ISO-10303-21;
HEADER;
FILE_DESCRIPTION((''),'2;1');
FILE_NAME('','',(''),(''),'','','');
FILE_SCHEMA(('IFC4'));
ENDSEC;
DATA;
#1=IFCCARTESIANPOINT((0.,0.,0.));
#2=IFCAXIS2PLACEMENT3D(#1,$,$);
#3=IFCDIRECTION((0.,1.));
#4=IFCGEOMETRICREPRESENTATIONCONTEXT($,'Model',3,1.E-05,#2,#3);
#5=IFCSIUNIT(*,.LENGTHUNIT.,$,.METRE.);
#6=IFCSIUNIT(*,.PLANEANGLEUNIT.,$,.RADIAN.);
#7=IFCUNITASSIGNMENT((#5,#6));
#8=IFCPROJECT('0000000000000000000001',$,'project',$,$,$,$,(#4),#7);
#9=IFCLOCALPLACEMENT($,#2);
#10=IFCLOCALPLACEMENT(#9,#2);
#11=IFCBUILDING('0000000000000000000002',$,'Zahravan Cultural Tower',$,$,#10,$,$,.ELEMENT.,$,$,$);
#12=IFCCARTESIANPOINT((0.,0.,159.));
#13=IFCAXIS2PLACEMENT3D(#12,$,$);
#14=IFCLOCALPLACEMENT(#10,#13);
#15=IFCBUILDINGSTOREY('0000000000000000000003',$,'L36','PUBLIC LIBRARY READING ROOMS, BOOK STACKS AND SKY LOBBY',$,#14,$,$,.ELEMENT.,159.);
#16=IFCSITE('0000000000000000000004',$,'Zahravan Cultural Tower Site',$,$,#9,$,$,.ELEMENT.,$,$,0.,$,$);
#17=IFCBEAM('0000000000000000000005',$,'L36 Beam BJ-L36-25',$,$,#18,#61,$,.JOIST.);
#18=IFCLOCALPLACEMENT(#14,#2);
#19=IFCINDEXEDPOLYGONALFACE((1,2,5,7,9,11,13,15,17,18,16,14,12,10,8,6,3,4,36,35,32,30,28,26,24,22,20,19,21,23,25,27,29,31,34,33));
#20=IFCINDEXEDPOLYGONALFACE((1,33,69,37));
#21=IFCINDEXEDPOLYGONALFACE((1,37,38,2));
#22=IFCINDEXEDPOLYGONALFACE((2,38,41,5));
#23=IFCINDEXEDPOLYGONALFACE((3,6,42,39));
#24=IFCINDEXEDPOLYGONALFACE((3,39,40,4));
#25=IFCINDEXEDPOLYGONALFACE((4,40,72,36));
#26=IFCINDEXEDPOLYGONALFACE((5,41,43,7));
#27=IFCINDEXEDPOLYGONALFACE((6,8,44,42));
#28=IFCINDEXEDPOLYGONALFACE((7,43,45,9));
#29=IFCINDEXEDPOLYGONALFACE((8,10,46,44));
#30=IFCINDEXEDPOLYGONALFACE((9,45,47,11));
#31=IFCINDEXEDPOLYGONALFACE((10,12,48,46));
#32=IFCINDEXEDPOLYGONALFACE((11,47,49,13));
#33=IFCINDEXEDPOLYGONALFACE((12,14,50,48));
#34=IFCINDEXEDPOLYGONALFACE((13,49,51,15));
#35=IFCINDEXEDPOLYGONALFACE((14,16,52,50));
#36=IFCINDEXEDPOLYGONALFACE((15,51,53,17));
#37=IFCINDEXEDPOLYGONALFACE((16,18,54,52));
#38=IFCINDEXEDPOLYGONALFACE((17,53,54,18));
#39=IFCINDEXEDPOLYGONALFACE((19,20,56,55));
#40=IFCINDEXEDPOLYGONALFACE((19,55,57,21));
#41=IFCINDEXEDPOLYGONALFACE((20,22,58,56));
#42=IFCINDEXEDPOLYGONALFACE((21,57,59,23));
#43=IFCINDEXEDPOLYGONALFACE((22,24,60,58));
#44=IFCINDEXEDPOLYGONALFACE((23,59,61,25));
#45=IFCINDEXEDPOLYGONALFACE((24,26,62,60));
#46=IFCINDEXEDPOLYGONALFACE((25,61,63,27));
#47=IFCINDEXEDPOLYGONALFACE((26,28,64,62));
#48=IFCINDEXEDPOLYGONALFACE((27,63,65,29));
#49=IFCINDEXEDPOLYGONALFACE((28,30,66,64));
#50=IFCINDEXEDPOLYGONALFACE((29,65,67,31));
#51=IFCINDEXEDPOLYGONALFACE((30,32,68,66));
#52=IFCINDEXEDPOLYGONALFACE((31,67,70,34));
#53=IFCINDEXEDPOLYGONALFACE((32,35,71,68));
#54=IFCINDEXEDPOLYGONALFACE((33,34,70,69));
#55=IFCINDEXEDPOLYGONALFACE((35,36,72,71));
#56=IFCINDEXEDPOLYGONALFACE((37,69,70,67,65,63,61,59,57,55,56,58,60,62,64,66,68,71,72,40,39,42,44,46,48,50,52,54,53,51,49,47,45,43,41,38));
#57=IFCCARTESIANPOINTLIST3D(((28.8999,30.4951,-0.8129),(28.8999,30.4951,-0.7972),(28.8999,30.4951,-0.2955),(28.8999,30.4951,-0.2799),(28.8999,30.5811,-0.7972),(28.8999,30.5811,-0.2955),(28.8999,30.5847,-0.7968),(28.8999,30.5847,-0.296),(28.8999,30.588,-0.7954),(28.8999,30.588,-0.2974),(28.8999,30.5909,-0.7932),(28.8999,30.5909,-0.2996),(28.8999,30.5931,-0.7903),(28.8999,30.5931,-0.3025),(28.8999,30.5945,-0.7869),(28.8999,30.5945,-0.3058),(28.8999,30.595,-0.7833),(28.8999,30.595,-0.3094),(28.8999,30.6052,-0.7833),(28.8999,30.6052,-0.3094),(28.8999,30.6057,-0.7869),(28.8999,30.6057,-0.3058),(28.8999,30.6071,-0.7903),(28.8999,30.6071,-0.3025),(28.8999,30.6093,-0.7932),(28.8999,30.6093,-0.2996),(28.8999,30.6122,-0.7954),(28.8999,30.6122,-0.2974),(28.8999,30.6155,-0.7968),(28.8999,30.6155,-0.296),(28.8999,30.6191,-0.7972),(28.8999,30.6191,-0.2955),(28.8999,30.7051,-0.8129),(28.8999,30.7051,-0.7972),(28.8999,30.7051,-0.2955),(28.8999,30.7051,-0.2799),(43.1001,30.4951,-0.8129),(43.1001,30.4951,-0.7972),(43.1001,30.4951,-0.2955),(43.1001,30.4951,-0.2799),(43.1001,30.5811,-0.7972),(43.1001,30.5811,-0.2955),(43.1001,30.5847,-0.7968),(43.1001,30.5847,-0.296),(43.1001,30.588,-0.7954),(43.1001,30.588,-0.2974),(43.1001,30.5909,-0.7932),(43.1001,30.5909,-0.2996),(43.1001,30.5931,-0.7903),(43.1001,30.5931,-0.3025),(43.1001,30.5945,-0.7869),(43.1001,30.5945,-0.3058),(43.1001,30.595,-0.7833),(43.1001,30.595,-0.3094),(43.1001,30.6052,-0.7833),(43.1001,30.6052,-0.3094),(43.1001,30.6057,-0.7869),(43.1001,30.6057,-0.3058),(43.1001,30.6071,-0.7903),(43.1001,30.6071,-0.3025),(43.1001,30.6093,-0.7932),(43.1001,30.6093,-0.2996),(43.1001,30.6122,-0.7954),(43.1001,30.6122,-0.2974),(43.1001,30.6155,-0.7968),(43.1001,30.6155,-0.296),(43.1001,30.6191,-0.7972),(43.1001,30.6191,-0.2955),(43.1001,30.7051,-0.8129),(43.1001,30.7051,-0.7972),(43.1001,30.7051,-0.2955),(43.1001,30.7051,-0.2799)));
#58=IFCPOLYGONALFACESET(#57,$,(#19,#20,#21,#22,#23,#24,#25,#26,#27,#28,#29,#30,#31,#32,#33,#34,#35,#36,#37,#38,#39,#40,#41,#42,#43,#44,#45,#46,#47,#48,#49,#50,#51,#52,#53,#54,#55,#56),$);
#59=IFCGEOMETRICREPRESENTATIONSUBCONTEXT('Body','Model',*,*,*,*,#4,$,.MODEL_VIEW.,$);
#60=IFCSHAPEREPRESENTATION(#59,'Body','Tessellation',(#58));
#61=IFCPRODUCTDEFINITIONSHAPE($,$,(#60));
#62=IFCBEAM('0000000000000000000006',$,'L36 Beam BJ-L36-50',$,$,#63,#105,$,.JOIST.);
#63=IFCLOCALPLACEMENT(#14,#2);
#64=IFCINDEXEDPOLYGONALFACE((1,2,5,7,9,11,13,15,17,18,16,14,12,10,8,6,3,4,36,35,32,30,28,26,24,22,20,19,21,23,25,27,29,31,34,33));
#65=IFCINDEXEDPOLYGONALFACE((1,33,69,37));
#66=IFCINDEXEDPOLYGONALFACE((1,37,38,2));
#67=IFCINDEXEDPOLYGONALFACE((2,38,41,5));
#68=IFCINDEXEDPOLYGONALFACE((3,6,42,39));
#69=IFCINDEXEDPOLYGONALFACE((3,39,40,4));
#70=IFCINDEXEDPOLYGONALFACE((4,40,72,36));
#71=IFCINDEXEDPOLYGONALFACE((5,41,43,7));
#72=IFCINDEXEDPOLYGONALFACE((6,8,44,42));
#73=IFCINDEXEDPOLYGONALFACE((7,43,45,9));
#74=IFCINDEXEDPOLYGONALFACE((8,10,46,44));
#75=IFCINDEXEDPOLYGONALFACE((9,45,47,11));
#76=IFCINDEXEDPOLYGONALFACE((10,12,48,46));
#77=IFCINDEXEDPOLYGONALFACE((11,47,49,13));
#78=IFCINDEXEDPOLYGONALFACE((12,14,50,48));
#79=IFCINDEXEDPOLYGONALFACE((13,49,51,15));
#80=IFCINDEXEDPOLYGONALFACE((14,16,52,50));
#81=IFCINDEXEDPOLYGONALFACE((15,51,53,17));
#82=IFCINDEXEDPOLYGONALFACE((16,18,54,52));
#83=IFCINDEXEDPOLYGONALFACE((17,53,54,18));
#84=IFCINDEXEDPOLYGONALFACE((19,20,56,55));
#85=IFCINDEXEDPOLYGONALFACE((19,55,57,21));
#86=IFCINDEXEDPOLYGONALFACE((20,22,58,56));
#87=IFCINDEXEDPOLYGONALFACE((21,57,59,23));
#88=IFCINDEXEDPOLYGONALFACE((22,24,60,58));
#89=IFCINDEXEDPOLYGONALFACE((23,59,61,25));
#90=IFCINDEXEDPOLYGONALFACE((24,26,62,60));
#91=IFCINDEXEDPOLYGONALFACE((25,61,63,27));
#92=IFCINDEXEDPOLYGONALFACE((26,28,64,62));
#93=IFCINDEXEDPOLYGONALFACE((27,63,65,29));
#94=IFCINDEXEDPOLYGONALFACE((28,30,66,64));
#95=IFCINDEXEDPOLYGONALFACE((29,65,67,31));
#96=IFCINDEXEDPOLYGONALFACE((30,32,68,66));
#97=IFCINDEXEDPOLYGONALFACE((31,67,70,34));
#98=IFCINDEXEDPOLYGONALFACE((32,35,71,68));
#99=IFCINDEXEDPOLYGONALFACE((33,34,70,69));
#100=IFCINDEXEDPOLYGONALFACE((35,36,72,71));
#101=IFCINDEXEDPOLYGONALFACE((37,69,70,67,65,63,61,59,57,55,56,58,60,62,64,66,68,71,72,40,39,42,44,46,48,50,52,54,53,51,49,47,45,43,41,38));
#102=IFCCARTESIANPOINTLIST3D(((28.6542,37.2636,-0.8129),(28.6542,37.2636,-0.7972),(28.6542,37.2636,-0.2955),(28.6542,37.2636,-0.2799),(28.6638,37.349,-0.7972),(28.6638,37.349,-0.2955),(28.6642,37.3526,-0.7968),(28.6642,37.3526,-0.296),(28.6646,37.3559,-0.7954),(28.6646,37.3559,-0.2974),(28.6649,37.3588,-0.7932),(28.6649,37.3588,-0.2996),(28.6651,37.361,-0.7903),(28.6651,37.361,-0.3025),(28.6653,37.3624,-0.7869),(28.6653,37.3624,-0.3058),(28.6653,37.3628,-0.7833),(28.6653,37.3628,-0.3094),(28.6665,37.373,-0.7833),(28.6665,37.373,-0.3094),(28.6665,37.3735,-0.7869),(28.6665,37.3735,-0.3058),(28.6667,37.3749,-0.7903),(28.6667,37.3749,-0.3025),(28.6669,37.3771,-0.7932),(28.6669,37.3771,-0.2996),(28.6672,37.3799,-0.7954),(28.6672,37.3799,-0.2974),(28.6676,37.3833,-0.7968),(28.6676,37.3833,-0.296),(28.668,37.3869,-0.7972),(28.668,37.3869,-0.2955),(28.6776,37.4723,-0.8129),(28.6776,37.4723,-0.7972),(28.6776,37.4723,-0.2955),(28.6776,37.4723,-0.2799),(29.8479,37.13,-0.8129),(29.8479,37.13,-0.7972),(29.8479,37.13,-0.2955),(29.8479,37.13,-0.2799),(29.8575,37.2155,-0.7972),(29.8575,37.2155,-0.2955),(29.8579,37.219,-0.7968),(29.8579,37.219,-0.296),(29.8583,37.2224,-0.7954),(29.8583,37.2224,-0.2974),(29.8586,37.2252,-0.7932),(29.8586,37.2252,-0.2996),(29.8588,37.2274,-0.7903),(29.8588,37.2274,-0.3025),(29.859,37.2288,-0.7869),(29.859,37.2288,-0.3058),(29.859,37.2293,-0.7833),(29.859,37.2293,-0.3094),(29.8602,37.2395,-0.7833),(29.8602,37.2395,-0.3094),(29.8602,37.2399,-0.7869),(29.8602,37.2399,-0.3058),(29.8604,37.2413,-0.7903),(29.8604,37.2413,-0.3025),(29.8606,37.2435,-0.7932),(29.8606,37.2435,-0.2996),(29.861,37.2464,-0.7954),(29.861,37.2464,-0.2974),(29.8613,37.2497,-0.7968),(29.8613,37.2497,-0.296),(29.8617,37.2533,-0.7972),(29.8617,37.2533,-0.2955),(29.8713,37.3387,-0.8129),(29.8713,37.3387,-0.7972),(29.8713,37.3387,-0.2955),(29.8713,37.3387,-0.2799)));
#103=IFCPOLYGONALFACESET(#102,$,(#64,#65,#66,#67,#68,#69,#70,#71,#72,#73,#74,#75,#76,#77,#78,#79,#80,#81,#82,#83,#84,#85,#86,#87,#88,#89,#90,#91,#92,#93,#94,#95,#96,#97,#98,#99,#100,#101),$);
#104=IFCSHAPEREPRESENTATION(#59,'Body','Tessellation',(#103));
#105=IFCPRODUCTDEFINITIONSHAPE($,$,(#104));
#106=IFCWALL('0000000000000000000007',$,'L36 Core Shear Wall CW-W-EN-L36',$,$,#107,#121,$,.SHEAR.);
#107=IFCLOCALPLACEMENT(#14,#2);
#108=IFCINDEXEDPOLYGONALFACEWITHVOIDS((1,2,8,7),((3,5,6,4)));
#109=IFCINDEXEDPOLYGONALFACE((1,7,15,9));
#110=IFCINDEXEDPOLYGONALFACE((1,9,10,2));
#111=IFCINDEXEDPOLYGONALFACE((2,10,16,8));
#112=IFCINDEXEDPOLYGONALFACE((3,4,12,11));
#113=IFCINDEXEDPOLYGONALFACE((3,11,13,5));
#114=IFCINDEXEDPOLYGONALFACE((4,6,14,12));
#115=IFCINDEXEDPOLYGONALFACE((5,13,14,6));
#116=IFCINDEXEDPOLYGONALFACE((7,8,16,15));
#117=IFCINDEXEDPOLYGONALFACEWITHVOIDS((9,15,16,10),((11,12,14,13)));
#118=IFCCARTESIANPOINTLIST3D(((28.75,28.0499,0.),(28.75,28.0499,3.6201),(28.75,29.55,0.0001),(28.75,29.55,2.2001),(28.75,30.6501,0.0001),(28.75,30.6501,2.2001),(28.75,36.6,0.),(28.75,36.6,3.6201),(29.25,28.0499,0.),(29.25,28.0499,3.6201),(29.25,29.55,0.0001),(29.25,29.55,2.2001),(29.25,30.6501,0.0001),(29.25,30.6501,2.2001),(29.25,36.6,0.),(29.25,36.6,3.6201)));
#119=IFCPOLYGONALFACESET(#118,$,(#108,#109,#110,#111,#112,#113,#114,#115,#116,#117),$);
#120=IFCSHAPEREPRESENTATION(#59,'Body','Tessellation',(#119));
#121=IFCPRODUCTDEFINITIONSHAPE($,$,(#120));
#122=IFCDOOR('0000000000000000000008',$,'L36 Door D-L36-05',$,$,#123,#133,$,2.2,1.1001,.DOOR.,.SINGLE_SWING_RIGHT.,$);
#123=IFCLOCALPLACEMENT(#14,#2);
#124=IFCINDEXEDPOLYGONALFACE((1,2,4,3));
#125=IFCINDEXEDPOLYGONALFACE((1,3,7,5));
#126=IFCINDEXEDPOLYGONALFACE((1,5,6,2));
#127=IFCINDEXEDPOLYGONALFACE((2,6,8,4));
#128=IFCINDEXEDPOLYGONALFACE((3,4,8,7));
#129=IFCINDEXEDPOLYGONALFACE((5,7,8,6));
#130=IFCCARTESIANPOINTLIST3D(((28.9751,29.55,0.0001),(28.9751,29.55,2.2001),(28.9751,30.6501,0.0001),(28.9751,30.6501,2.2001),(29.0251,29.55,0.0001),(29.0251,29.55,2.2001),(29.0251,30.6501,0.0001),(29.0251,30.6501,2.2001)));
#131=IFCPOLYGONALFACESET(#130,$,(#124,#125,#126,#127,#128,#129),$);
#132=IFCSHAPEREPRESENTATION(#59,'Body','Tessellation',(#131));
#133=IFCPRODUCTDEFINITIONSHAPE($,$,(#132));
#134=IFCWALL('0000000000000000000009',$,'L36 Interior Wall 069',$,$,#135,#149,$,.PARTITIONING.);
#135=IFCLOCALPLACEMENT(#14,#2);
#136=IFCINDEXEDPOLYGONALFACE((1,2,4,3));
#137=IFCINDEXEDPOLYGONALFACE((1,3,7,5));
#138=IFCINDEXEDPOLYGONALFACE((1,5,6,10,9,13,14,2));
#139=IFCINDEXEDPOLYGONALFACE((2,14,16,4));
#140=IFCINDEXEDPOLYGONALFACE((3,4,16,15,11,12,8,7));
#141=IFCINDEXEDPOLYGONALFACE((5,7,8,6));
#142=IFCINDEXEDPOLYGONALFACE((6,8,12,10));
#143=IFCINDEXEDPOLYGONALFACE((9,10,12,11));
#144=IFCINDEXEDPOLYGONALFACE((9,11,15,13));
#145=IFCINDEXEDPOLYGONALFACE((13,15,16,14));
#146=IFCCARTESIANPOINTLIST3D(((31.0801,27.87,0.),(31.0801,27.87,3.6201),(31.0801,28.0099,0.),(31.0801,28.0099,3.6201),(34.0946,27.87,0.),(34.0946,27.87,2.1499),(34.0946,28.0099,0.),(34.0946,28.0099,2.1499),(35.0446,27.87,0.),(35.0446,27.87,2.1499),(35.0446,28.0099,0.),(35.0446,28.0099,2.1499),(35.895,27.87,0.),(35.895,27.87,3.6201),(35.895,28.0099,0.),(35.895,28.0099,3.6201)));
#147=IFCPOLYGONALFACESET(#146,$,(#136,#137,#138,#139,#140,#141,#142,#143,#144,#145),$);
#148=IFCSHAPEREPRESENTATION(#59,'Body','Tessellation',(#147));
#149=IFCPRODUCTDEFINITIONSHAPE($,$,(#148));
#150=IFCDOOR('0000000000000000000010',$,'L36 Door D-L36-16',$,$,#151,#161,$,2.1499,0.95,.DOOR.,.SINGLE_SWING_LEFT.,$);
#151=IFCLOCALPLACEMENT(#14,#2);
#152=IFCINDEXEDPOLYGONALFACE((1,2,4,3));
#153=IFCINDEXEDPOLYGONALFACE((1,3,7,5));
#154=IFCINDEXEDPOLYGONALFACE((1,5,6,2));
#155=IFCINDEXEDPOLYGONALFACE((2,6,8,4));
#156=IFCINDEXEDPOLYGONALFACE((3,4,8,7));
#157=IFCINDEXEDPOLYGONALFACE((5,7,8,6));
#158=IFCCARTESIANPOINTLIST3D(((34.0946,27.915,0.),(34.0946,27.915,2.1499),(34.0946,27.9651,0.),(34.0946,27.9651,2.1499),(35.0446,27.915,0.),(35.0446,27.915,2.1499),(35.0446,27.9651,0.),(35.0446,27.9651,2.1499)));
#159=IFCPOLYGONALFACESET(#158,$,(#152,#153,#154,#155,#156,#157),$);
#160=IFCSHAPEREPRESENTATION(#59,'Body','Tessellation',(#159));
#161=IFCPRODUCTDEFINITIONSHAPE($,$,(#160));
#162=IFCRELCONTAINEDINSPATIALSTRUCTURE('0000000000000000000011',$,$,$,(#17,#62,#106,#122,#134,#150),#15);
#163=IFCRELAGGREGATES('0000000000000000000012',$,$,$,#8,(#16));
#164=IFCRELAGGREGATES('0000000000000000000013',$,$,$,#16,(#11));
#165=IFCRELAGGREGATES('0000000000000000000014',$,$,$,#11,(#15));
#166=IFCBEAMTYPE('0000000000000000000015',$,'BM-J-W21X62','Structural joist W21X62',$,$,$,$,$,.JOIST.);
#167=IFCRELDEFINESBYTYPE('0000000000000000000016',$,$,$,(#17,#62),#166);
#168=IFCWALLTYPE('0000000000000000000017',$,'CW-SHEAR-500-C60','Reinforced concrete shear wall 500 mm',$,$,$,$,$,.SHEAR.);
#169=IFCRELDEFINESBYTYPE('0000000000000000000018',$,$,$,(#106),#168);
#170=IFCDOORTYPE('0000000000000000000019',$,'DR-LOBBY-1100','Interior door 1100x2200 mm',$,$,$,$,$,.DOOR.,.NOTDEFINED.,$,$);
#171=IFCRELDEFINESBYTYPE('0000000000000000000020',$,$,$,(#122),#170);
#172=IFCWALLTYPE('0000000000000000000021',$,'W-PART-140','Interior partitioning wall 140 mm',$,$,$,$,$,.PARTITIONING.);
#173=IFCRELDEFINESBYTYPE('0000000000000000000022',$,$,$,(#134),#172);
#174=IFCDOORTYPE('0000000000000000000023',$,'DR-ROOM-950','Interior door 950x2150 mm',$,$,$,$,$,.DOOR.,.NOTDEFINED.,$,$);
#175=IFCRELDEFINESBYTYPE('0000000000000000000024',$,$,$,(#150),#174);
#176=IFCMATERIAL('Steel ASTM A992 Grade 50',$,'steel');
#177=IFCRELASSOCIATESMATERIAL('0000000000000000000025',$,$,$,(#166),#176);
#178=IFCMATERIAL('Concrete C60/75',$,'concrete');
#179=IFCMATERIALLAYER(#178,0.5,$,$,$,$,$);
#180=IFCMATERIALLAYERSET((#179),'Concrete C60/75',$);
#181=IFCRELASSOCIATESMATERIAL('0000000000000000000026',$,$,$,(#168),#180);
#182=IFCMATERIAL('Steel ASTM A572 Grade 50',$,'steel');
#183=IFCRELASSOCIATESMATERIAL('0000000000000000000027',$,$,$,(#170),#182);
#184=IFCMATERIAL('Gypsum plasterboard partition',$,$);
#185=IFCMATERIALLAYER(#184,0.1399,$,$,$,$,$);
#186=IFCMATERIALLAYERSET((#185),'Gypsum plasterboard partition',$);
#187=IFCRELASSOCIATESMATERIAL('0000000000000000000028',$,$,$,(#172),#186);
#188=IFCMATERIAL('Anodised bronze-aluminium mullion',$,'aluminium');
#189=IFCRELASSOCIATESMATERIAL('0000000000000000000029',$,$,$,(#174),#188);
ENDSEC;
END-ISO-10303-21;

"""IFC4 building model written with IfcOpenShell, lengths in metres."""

from ifc_helpers import new_model, si_unit, direction, frame, frame_2d, origin, origin_2d, place, context, subcontext, project, spatial, rectangle, i_section, extrude, source, transform, mapped, material, layer, layer_set, material_profile, profile_set, type_object, element, fill, save


model = new_model("IFC4")

# Units and contexts
model_context = context("Model", 3, precision=1e-05, world=origin(), true_north=direction((0.0, 1.0)))
body_context = subcontext(model_context, "Body", "Model", "MODEL_VIEW")
ifc_project = project(units=[si_unit("LENGTHUNIT", "METRE"), si_unit("PLANEANGLEUNIT", "RADIAN")], contexts=[model_context])

# Site, building, storey
site_placement = place(None, origin())
site = spatial("IfcSite", under=ifc_project, at=site_placement, Name="Zahravan Cultural Tower Site", CompositionType="ELEMENT", RefElevation=0.0)
building_placement = place(site_placement, origin())
building = spatial("IfcBuilding", under=site, at=building_placement, Name="Zahravan Cultural Tower", CompositionType="ELEMENT")
storey_placement = place(building_placement, frame((0.0, 0.0, 159.0)))
storey = spatial("IfcBuildingStorey", under=building, at=storey_placement, Name="L36", Description="PUBLIC LIBRARY READING ROOMS, BOOK STACKS AND SKY LOBBY", CompositionType="ELEMENT", Elevation=159.0)

# Beams
ifc_material_1 = material(Name="Steel ASTM A992 Grade 50", Category="steel")
ifc_material_profile_1 = material_profile(ifc_material_1, i_section(OverallWidth=0.21, OverallDepth=0.533, WebThickness=0.0103, FlangeThickness=0.0156, FilletRadius=0.0139, at=origin_2d()), Name="W21X62")
ifc_profile_set_1 = profile_set([ifc_material_profile_1], Name="Steel ASTM A992 Grade 50")
beam_type_1 = type_object("IfcBeamType", Name="BM-J-W21X62", Description="Structural joist W21X62", PredefinedType="JOIST", material=ifc_profile_set_1)
shared_shape_1 = source(origin(), body_context, "Body", "SweptSolid", [
    extrude(i_section(OverallWidth=0.21, OverallDepth=0.533, WebThickness=0.0103, FlangeThickness=0.0156, FilletRadius=0.0139, at=origin_2d()), origin(), (0.0, 0.0, 1.0), 14.2002),
])
for number, where, z_axis, x_axis, name in (
    (1, (28.8999, 30.6001, -0.5464), (1.0, 0.0, 0.0), (0.0, 1.0, 0.0), "L36 Beam BJ-L36-25"),
):
    element("IfcBeam", number, at=place(storey_placement, frame(where, z_axis=z_axis, x_axis=x_axis)), inside=storey, type_object=beam_type_1, Name=name, PredefinedType="JOIST", context=body_context, shape_type="MappedRepresentation", body=[
        mapped(shared_shape_1, transform((0.0, 0.0, 0.0), x_axis=(1.0, 0.0, 0.0), y_axis=(0.0, 1.0, 0.0), z_axis=(0.0, 0.0, 1.0), scale=1.0)),
    ])
shared_shape_2 = source(origin(), body_context, "Body", "SweptSolid", [
    extrude(i_section(OverallWidth=0.21, OverallDepth=0.533, WebThickness=0.0103, FlangeThickness=0.0156, FilletRadius=0.0139, at=origin_2d()), origin(), (0.0, 0.0, 1.0), 1.2012),
])
beam_1_placement = place(storey_placement, frame((29.8596, 37.2344, -0.5464), z_axis=(-0.993799, 0.11119, 0.0), x_axis=(-0.11119, -0.993799, 0.0)))
element("IfcBeam", 2, at=beam_1_placement, inside=storey, type_object=beam_type_1, Name="L36 Beam BJ-L36-50", PredefinedType="JOIST", context=body_context, shape_type="MappedRepresentation", body=[
    mapped(shared_shape_2, transform((0.0, 0.0, 0.0), x_axis=(1.0, 0.0, 0.0), y_axis=(0.0, 1.0, 0.0), z_axis=(0.0, 0.0, 1.0), scale=1.0)),
])

# Walls, openings, doors
ifc_material_2 = material(Name="Concrete C60/75", Category="concrete")
ifc_layer_1 = layer(ifc_material_2, 0.5)
ifc_layer_set_1 = layer_set([ifc_layer_1], Name="Concrete C60/75")
wall_type_1 = type_object("IfcWallType", Name="CW-SHEAR-500-C60", Description="Reinforced concrete shear wall 500 mm", PredefinedType="SHEAR", material=ifc_layer_set_1)
wall_1_placement = place(storey_placement, frame((29.0, 28.05, 0.0), z_axis=(0.0, 0.0, 1.0), x_axis=(0.0, 1.0, 0.0)))
wall_1 = element("IfcWall", 3, at=wall_1_placement, inside=storey, type_object=wall_type_1, Name="L36 Core Shear Wall CW-W-EN-L36", PredefinedType="SHEAR", context=body_context, shape_type="SweptSolid", body=[
    extrude(rectangle(XDim=8.55, YDim=0.5, at=frame_2d((4.2749, 0.0))), origin(), (0.0, 0.0, 1.0), 3.6201),
])
opening_1_placement = place(wall_1_placement, frame((1.5, 0.0, 0.0)))
opening_1 = element("IfcOpeningElement", 4, at=opening_1_placement, cuts=wall_1, PredefinedType="OPENING", context=body_context, shape_type="SweptSolid", body=[
    extrude(rectangle(XDim=1.1001, YDim=2.2, at=frame_2d((0.55, 1.1001))), frame((0.0, 0.26, 0.0), z_axis=(0.0, -1.0, 0.0), x_axis=(1.0, 0.0, 0.0)), (0.0, 0.0, 1.0), 0.52),
])
ifc_material_3 = material(Name="Steel ASTM A572 Grade 50", Category="steel")
door_type_1 = type_object("IfcDoorType", Name="DR-LOBBY-1100", Description="Interior door 1100x2200 mm", OperationType="NOTDEFINED", PredefinedType="DOOR", material=ifc_material_3)
shared_shape_3 = source(origin(), body_context, "Body", "SweptSolid", [
    extrude(rectangle(XDim=1.1001, YDim=2.2, at=frame_2d((0.55, 1.1001))), frame((0.0, 0.0249, 0.0), z_axis=(0.0, -1.0, 0.0), x_axis=(1.0, 0.0, 0.0)), (0.0, 0.0, 1.0), 0.05),
])
door_1_placement = place(opening_1_placement, origin())
door_1 = element("IfcDoor", 5, at=door_1_placement, inside=storey, type_object=door_type_1, Name="L36 Door D-L36-05", OperationType="SINGLE_SWING_RIGHT", OverallHeight=2.2, OverallWidth=1.1001, PredefinedType="DOOR", context=body_context, shape_type="MappedRepresentation", body=[
    mapped(shared_shape_3, transform((0.0, 0.0, 0.0), x_axis=(1.0, 0.0, 0.0), y_axis=(0.0, 1.0, 0.0), z_axis=(0.0, 0.0, 1.0), scale=1.0)),
])
fill(opening_1, door_1)
ifc_material_4 = material(Name="Gypsum plasterboard partition")
ifc_layer_2 = layer(ifc_material_4, 0.1399)
ifc_layer_set_2 = layer_set([ifc_layer_2], Name="Gypsum plasterboard partition")
wall_type_2 = type_object("IfcWallType", Name="W-PART-140", Description="Interior partitioning wall 140 mm", PredefinedType="PARTITIONING", material=ifc_layer_set_2)
wall_2_placement = place(storey_placement, frame((35.895, 27.9399, 0.0), z_axis=(0.0, 0.0, 1.0), x_axis=(-1.0, 0.0, 0.0)))
wall_2 = element("IfcWall", 6, at=wall_2_placement, inside=storey, type_object=wall_type_2, Name="L36 Interior Wall 069", PredefinedType="PARTITIONING", context=body_context, shape_type="SweptSolid", body=[
    extrude(rectangle(XDim=4.8149, YDim=0.1399, at=frame_2d((2.4075, 0.0))), origin(), (0.0, 0.0, 1.0), 3.6201),
])
opening_2_placement = place(wall_2_placement, frame((0.8503, 0.0, 0.0)))
opening_2 = element("IfcOpeningElement", 7, at=opening_2_placement, cuts=wall_2, PredefinedType="OPENING", context=body_context, shape_type="SweptSolid", body=[
    extrude(rectangle(XDim=0.95, YDim=2.1499, at=frame_2d((0.4751, 1.075))), frame((0.0, 0.0798, 0.0), z_axis=(0.0, -1.0, 0.0), x_axis=(1.0, 0.0, 0.0)), (0.0, 0.0, 1.0), 0.1599),
])
ifc_material_5 = material(Name="Anodised bronze-aluminium mullion", Category="aluminium")
door_type_2 = type_object("IfcDoorType", Name="DR-ROOM-950", Description="Interior door 950x2150 mm", OperationType="NOTDEFINED", PredefinedType="DOOR", material=ifc_material_5)
shared_shape_4 = source(origin(), body_context, "Body", "SweptSolid", [
    extrude(rectangle(XDim=0.95, YDim=2.1499, at=frame_2d((0.4751, 1.075))), frame((0.0, 0.0249, 0.0), z_axis=(0.0, -1.0, 0.0), x_axis=(1.0, 0.0, 0.0)), (0.0, 0.0, 1.0), 0.05),
])
door_2_placement = place(opening_2_placement, origin())
door_2 = element("IfcDoor", 8, at=door_2_placement, inside=storey, type_object=door_type_2, Name="L36 Door D-L36-16", OperationType="SINGLE_SWING_LEFT", OverallHeight=2.1499, OverallWidth=0.95, PredefinedType="DOOR", context=body_context, shape_type="MappedRepresentation", body=[
    mapped(shared_shape_4, transform((0.0, 0.0, 0.0), x_axis=(1.0, 0.0, 0.0), y_axis=(0.0, 1.0, 0.0), z_axis=(0.0, 0.0, 1.0), scale=1.0)),
])
fill(opening_2, door_2)

save(model, "model.ifc")
